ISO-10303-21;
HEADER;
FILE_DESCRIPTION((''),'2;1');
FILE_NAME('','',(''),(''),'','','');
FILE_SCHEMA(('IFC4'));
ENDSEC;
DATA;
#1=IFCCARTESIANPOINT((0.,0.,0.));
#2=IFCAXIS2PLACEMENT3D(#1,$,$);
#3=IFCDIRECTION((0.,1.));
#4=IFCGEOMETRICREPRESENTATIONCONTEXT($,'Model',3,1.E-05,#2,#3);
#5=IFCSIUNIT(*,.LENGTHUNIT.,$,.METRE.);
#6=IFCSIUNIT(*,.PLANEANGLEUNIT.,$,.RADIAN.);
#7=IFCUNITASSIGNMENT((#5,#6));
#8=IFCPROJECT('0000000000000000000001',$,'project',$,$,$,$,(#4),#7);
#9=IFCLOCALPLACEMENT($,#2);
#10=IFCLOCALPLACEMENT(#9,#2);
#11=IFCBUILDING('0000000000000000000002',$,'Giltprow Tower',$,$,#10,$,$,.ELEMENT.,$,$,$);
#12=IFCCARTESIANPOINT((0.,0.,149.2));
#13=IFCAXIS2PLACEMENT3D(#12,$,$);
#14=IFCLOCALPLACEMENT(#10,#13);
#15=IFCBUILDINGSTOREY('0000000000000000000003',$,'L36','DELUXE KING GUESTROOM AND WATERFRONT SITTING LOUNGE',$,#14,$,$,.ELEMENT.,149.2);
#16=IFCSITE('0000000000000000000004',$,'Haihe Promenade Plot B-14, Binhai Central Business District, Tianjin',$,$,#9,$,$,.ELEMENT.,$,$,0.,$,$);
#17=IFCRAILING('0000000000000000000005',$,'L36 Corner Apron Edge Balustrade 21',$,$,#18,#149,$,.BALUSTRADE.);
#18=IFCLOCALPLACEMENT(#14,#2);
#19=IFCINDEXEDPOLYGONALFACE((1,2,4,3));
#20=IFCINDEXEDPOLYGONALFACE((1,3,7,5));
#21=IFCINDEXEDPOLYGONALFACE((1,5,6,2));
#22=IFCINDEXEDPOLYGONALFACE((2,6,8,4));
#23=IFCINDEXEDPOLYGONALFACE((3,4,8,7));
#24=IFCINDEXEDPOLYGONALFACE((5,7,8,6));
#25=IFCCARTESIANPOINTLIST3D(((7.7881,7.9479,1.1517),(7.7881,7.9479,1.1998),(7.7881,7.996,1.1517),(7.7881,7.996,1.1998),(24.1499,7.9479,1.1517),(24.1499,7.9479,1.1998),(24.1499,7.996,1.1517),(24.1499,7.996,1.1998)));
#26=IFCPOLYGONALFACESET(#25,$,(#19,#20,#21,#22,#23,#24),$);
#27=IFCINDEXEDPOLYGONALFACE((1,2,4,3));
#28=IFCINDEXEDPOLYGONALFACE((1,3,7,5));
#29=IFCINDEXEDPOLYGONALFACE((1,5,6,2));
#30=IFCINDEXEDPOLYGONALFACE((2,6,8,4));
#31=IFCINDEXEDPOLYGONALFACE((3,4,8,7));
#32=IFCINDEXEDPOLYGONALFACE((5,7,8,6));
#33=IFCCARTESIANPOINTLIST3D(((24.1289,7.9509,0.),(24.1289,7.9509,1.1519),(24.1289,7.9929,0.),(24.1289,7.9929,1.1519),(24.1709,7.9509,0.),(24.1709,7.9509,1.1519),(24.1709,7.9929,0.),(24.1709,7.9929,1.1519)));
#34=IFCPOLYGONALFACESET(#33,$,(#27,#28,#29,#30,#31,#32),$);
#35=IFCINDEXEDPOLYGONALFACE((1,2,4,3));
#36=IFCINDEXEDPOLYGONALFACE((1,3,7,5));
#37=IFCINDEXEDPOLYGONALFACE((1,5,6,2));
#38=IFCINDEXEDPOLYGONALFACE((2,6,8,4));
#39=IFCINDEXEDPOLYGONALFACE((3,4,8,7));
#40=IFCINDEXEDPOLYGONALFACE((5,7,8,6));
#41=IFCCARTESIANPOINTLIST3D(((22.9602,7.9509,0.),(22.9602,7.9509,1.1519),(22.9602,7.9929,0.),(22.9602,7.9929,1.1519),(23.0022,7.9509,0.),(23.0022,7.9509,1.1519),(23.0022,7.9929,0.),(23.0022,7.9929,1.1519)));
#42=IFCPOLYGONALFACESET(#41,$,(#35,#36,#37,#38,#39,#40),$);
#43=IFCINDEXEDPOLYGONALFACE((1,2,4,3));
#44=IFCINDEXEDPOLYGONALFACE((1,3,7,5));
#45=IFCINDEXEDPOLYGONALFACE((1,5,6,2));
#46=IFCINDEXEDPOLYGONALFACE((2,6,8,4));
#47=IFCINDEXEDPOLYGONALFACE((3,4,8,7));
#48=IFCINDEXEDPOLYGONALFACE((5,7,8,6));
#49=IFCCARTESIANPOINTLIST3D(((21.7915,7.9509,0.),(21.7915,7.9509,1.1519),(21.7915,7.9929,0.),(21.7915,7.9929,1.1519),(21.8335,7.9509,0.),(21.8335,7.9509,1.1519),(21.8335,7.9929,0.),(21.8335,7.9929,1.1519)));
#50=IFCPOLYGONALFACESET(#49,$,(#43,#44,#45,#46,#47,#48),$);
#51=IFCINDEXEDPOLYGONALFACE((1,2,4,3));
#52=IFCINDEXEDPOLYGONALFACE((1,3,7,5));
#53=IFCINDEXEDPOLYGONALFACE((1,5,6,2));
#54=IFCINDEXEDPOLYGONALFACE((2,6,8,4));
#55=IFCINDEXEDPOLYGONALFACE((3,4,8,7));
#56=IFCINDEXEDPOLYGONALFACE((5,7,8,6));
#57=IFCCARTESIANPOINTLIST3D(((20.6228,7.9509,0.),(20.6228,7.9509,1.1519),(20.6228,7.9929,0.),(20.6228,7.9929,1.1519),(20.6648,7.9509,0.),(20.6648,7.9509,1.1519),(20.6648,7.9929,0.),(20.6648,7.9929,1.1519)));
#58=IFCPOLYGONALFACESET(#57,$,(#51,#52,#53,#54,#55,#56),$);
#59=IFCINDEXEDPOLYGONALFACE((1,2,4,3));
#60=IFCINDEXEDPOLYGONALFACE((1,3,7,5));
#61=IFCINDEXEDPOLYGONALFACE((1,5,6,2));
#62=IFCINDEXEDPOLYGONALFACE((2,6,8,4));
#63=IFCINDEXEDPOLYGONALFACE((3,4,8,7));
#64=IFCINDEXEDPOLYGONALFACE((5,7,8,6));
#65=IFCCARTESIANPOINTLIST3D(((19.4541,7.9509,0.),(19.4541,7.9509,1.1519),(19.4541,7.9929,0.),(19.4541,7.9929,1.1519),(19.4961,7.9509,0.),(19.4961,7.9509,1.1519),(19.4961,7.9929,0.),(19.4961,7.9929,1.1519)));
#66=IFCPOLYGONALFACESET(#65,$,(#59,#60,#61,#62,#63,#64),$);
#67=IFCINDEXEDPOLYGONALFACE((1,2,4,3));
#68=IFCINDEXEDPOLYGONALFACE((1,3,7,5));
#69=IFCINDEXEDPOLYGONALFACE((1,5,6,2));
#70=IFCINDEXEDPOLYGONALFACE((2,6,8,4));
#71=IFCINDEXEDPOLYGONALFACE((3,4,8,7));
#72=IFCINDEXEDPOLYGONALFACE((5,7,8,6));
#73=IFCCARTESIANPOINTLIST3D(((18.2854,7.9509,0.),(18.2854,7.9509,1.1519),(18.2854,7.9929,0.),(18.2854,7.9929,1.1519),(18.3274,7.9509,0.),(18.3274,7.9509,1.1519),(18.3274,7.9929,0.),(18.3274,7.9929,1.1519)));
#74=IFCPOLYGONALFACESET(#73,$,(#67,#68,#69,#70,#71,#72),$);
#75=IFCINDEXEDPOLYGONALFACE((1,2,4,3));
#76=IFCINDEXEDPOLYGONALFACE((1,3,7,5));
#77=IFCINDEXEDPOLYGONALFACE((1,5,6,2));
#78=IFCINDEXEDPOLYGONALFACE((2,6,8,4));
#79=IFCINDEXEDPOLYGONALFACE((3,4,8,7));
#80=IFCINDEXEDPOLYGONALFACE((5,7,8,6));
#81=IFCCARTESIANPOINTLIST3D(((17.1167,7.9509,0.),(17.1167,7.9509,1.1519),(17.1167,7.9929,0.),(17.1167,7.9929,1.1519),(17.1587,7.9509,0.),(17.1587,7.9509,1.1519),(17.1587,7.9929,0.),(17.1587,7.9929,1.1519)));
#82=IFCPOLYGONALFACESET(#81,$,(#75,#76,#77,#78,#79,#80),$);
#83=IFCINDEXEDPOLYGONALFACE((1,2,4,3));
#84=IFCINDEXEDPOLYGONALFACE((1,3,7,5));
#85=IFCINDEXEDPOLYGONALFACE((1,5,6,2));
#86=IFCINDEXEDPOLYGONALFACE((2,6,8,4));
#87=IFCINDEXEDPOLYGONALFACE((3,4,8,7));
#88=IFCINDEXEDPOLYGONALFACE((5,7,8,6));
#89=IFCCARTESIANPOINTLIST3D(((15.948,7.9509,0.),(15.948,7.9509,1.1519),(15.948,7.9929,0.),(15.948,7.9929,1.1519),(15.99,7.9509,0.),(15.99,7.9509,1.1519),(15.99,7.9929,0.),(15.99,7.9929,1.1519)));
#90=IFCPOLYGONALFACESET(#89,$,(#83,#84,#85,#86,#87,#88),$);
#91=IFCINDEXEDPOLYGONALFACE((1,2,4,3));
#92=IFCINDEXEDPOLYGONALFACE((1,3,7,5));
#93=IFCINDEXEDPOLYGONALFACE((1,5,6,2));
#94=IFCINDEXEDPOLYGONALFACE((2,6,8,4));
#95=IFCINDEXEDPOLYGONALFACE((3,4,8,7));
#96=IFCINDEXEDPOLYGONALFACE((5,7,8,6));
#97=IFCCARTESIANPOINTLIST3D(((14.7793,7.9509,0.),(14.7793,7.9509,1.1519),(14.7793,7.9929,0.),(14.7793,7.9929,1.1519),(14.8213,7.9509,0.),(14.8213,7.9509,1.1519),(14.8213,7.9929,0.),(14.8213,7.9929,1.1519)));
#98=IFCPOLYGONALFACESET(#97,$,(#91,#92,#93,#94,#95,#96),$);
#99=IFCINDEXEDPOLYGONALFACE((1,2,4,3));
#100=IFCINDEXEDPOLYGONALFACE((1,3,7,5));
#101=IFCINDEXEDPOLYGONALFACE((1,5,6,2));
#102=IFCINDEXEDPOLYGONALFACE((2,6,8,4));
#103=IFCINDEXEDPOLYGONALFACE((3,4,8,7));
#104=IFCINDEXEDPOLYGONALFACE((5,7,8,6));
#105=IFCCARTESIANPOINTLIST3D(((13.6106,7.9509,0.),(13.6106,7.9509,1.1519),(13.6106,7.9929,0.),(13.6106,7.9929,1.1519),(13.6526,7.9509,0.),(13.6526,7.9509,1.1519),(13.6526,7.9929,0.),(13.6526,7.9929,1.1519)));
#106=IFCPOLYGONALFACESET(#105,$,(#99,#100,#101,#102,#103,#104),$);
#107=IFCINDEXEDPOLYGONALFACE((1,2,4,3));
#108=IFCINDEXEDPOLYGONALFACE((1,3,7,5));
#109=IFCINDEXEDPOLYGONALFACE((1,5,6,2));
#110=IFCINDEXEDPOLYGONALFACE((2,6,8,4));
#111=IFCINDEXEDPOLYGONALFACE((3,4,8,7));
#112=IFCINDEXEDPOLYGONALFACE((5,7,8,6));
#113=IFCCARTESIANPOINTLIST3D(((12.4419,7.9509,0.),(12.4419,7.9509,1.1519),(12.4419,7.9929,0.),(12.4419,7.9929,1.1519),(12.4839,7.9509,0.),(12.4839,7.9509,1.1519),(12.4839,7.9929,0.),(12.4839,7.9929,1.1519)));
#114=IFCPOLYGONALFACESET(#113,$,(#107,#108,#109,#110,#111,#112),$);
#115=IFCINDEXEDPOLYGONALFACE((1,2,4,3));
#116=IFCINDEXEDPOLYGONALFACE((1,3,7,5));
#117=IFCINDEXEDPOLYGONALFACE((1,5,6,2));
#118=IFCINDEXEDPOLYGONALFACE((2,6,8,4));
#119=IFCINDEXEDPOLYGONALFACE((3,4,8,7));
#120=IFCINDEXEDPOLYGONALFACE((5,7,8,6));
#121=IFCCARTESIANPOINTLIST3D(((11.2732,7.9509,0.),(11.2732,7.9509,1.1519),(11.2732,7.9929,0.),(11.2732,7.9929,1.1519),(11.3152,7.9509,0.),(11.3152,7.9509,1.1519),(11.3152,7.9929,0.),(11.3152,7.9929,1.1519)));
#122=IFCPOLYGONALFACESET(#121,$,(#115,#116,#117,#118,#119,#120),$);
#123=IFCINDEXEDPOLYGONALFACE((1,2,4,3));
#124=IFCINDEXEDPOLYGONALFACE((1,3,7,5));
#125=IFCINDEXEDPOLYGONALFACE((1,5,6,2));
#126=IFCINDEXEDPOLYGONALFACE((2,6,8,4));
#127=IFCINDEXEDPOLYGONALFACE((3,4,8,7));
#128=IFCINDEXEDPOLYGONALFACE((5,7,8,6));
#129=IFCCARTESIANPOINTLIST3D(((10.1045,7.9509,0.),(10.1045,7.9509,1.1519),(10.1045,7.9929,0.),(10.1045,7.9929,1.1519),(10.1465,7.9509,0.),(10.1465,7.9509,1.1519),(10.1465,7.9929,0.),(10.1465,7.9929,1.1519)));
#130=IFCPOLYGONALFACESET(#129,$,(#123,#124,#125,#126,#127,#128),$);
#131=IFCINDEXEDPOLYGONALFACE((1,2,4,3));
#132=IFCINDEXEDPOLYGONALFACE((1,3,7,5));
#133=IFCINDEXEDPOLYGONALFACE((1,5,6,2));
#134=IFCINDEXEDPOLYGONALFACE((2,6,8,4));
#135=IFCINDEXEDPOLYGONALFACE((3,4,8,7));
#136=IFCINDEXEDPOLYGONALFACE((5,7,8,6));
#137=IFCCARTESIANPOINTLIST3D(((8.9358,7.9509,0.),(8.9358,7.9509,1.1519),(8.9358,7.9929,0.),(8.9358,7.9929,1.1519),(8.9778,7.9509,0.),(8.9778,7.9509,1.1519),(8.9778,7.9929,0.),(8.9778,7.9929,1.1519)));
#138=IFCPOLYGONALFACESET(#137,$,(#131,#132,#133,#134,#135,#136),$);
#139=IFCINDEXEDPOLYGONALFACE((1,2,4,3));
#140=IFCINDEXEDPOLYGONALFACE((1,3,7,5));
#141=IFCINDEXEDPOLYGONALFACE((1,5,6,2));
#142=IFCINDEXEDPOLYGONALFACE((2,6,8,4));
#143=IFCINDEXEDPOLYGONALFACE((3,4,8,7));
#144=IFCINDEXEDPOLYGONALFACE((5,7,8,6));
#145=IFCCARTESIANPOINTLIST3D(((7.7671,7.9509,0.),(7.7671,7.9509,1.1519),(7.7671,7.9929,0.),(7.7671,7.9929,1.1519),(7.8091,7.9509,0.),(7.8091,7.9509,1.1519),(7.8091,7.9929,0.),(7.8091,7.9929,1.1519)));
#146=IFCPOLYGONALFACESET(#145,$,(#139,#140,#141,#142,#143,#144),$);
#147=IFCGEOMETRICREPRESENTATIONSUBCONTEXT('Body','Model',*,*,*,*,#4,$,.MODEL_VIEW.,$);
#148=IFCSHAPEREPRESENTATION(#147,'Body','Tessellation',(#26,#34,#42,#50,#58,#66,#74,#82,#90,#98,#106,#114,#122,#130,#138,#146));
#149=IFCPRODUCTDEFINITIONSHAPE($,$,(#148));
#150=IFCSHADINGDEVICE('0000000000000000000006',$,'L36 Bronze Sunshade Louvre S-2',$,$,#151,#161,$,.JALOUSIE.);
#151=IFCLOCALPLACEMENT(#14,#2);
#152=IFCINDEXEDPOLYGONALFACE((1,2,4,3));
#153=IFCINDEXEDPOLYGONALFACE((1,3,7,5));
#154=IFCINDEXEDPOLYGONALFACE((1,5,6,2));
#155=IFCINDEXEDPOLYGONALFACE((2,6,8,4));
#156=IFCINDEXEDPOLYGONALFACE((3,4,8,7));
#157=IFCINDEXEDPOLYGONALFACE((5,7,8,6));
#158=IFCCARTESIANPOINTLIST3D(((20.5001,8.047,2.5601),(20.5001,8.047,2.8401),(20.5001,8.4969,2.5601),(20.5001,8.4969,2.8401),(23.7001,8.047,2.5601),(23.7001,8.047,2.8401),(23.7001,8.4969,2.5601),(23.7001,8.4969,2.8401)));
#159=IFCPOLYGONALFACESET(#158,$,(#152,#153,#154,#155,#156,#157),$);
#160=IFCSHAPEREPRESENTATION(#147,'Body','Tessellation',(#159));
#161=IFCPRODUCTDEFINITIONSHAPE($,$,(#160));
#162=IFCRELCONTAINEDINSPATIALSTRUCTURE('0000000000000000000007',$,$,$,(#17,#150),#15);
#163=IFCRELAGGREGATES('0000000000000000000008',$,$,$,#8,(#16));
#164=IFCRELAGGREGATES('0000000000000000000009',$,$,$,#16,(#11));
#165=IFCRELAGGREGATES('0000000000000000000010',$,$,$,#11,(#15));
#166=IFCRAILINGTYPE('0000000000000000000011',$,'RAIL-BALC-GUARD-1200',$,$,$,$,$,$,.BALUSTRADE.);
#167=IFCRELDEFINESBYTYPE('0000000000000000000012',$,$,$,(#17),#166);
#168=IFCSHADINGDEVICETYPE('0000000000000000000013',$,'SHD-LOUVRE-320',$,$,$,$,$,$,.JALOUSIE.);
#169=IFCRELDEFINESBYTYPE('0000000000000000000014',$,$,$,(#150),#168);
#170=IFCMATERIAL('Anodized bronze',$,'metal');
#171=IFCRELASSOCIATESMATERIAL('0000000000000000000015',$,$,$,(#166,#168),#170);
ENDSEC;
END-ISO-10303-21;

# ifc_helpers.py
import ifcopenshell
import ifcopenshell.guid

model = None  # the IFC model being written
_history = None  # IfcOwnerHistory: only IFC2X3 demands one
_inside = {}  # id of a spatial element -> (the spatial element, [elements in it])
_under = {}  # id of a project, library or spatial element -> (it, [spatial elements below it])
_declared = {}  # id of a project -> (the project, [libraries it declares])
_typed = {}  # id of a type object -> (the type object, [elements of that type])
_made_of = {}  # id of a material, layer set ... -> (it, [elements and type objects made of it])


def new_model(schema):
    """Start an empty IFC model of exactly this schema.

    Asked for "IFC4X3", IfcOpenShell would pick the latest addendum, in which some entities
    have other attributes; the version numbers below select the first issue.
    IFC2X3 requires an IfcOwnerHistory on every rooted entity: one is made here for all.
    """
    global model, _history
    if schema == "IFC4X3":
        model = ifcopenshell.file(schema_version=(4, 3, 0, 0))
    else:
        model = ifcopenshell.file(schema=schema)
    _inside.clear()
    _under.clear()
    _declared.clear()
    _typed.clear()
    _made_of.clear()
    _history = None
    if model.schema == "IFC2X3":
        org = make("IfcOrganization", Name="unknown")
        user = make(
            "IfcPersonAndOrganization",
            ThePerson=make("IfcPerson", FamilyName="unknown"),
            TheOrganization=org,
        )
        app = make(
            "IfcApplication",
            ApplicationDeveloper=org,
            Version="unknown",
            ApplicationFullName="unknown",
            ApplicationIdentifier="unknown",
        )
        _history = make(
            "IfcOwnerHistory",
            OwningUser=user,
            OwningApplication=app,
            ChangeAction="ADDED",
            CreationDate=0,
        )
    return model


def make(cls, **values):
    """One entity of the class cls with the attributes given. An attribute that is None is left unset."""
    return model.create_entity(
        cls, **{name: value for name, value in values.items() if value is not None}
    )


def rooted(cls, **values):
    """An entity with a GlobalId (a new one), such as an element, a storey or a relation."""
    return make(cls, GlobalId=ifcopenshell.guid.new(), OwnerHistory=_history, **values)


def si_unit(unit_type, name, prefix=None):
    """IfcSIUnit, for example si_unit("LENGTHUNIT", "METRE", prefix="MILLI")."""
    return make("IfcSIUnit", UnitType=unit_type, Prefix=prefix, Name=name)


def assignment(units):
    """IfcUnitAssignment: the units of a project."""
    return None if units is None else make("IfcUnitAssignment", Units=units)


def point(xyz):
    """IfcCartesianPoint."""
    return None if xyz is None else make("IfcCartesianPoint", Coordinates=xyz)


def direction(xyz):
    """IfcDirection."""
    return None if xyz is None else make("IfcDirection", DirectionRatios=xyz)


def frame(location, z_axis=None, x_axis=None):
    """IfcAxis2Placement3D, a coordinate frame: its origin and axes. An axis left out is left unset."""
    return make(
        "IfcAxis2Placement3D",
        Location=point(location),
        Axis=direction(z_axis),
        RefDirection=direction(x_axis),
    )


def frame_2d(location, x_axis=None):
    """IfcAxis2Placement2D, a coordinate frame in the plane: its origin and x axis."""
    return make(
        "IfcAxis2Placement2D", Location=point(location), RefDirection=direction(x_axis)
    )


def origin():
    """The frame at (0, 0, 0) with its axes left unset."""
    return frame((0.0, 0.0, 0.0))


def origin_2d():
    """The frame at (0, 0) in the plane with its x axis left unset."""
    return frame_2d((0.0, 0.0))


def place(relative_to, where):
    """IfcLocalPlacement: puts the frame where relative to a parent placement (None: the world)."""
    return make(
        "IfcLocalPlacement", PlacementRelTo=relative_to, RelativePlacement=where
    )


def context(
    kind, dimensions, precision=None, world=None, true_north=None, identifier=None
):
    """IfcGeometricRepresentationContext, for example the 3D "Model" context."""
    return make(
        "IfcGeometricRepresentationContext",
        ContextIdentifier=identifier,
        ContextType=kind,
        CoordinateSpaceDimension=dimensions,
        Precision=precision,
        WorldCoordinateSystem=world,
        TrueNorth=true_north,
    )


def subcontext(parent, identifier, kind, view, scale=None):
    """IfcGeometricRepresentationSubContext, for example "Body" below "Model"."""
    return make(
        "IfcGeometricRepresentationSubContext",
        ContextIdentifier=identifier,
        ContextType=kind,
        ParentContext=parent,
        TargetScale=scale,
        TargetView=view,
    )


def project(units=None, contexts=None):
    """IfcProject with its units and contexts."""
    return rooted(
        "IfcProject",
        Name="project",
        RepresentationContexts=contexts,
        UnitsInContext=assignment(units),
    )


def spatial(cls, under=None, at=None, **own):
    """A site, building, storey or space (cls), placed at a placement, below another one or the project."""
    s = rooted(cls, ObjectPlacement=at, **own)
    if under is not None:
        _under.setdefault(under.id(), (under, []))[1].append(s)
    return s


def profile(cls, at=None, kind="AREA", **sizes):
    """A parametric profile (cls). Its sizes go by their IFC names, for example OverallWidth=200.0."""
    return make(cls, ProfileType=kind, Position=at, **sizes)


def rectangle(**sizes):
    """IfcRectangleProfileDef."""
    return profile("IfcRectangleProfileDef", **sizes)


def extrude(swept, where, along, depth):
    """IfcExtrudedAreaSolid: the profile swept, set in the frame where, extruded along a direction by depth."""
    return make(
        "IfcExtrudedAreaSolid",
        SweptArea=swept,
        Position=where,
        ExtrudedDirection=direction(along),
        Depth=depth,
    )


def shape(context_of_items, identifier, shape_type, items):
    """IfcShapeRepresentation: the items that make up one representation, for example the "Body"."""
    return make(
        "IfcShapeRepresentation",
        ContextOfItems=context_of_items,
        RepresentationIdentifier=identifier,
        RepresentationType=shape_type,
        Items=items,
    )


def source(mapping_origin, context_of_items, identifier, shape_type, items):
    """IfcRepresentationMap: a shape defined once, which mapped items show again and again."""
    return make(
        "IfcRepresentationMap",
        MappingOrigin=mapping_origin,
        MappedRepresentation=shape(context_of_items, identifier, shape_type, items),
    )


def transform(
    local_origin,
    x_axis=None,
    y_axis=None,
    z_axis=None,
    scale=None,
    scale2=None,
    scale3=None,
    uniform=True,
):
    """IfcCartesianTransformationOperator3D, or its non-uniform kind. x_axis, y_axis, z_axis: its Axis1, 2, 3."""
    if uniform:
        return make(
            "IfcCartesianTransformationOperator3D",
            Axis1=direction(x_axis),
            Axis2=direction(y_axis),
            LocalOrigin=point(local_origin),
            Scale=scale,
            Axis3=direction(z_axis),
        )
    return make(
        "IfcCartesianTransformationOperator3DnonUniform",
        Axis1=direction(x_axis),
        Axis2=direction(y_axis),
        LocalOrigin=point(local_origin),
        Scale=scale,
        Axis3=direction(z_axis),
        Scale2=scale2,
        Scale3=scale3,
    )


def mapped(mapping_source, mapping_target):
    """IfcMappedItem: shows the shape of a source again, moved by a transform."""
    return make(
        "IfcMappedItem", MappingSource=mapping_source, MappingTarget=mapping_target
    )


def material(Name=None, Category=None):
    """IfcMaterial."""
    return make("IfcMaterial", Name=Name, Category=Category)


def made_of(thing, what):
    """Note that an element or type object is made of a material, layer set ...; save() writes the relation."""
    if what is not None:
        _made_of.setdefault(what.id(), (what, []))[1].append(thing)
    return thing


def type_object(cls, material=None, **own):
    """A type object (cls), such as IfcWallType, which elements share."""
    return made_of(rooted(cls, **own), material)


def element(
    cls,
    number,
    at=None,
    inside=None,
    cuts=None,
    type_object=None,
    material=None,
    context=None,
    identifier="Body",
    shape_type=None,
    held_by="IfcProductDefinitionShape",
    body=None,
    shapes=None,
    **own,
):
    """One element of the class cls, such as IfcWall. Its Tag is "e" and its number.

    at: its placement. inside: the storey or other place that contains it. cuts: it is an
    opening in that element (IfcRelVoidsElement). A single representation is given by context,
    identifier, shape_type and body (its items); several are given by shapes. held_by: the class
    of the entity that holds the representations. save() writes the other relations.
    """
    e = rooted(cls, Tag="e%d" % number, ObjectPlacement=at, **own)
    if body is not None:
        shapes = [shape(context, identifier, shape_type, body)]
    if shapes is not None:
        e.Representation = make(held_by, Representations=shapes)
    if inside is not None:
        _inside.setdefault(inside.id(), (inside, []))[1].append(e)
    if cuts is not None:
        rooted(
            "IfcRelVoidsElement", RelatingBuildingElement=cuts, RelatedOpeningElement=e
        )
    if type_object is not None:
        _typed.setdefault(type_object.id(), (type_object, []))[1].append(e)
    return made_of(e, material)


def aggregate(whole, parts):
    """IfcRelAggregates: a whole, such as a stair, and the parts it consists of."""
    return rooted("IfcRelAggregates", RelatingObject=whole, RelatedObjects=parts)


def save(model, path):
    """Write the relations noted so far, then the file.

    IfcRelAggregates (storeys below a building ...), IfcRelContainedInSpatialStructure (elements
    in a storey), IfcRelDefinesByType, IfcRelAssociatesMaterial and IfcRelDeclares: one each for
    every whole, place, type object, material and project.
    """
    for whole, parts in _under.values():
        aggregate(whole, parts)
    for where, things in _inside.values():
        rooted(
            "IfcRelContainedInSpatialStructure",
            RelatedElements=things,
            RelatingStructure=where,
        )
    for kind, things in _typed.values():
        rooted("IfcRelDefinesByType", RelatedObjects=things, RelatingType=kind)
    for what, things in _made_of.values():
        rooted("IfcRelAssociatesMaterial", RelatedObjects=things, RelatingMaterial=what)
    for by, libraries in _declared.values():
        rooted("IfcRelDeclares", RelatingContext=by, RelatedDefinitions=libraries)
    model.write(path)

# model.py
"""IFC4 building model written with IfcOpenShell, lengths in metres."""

from ifc_helpers import new_model, si_unit, direction, frame, origin, origin_2d, place, context, subcontext, project, spatial, rectangle, extrude, source, transform, mapped, material, type_object, element, save


model = new_model("IFC4")

# Units and contexts
model_context = context("Model", 3, precision=1e-05, world=origin(), true_north=direction((0.0, 1.0)))
body_context = subcontext(model_context, "Body", "Model", "MODEL_VIEW")
ifc_project = project(units=[si_unit("LENGTHUNIT", "METRE"), si_unit("PLANEANGLEUNIT", "RADIAN")], contexts=[model_context])

# Site, building, storey
site_placement = place(None, origin())
site = spatial("IfcSite", under=ifc_project, at=site_placement, Name="Haihe Promenade Plot B-14, Binhai Central Business District, Tianjin", CompositionType="ELEMENT", RefElevation=0.0)
building_placement = place(site_placement, origin())
building = spatial("IfcBuilding", under=site, at=building_placement, Name="Giltprow Tower", CompositionType="ELEMENT")
storey_placement = place(building_placement, frame((0.0, 0.0, 149.2)))
storey = spatial("IfcBuildingStorey", under=building, at=storey_placement, Name="L36", Description="DELUXE KING GUESTROOM AND WATERFRONT SITTING LOUNGE", CompositionType="ELEMENT", Elevation=149.2)

# Railing
ifc_material_1 = material(Name="Anodized bronze", Category="metal")
railing_type = type_object("IfcRailingType", Name="RAIL-BALC-GUARD-1200", PredefinedType="BALUSTRADE", material=ifc_material_1)
railing_1_placement = place(storey_placement, frame((24.1499, 7.9719, 0.0)))
element("IfcRailing", 1, at=railing_1_placement, inside=storey, type_object=railing_type, Name="L36 Corner Apron Edge Balustrade 21", PredefinedType="BALUSTRADE", context=body_context, shape_type="SweptSolid", body=[
    extrude(rectangle(XDim=0.0481, YDim=0.0481, at=origin_2d()), frame((0.0, 0.0, 1.1758), z_axis=(-1.0, 0.0, 0.0), x_axis=(0.0, -1.0, 0.0)), (0.0, 0.0, 1.0), 16.3618),
    extrude(rectangle(XDim=0.042, YDim=0.042, at=origin_2d()), origin(), (0.0, 0.0, 1.0), 1.1519),
    extrude(rectangle(XDim=0.042, YDim=0.042, at=origin_2d()), frame((-1.1687, 0.0, 0.0)), (0.0, 0.0, 1.0), 1.1519),
    extrude(rectangle(XDim=0.042, YDim=0.042, at=origin_2d()), frame((-2.3374, 0.0, 0.0)), (0.0, 0.0, 1.0), 1.1519),
    extrude(rectangle(XDim=0.042, YDim=0.042, at=origin_2d()), frame((-3.5061, 0.0, 0.0)), (0.0, 0.0, 1.0), 1.1519),
    extrude(rectangle(XDim=0.042, YDim=0.042, at=origin_2d()), frame((-4.6748, 0.0, 0.0)), (0.0, 0.0, 1.0), 1.1519),
    extrude(rectangle(XDim=0.042, YDim=0.042, at=origin_2d()), frame((-5.8435, 0.0, 0.0)), (0.0, 0.0, 1.0), 1.1519),
    extrude(rectangle(XDim=0.042, YDim=0.042, at=origin_2d()), frame((-7.0122, 0.0, 0.0)), (0.0, 0.0, 1.0), 1.1519),
    extrude(rectangle(XDim=0.042, YDim=0.042, at=origin_2d()), frame((-8.1809, 0.0, 0.0)), (0.0, 0.0, 1.0), 1.1519),
    extrude(rectangle(XDim=0.042, YDim=0.042, at=origin_2d()), frame((-9.3496, 0.0, 0.0)), (0.0, 0.0, 1.0), 1.1519),
    extrude(rectangle(XDim=0.042, YDim=0.042, at=origin_2d()), frame((-10.5183, 0.0, 0.0)), (0.0, 0.0, 1.0), 1.1519),
    extrude(rectangle(XDim=0.042, YDim=0.042, at=origin_2d()), frame((-11.687, 0.0, 0.0)), (0.0, 0.0, 1.0), 1.1519),
    extrude(rectangle(XDim=0.042, YDim=0.042, at=origin_2d()), frame((-12.8557, 0.0, 0.0)), (0.0, 0.0, 1.0), 1.1519),
    extrude(rectangle(XDim=0.042, YDim=0.042, at=origin_2d()), frame((-14.0244, 0.0, 0.0)), (0.0, 0.0, 1.0), 1.1519),
    extrude(rectangle(XDim=0.042, YDim=0.042, at=origin_2d()), frame((-15.1931, 0.0, 0.0)), (0.0, 0.0, 1.0), 1.1519),
    extrude(rectangle(XDim=0.042, YDim=0.042, at=origin_2d()), frame((-16.3618, 0.0, 0.0)), (0.0, 0.0, 1.0), 1.1519),
])

# Shading device
shading_device_type = type_object("IfcShadingDeviceType", Name="SHD-LOUVRE-320", PredefinedType="JALOUSIE", material=ifc_material_1)
shared_shape_1 = source(origin(), body_context, "Body", "SweptSolid", [
    extrude(rectangle(XDim=3.2, YDim=0.45, at=origin_2d()), origin(), (0.0, 0.0, 1.0), 0.28),
])
shading_device_placement = place(storey_placement, frame((22.1001, 8.272, 2.5601), z_axis=(0.0, 0.0, 1.0), x_axis=(1.0, 0.0, 0.0)))
element("IfcShadingDevice", 2, at=shading_device_placement, inside=storey, type_object=shading_device_type, Name="L36 Bronze Sunshade Louvre S-2", PredefinedType="JALOUSIE", context=body_context, shape_type="MappedRepresentation", body=[
    mapped(shared_shape_1, transform((0.0, 0.0, 0.0), x_axis=(1.0, 0.0, 0.0), y_axis=(0.0, 1.0, 0.0), z_axis=(0.0, 0.0, 1.0), scale=1.0)),
])

save(model, "model.ifc")
